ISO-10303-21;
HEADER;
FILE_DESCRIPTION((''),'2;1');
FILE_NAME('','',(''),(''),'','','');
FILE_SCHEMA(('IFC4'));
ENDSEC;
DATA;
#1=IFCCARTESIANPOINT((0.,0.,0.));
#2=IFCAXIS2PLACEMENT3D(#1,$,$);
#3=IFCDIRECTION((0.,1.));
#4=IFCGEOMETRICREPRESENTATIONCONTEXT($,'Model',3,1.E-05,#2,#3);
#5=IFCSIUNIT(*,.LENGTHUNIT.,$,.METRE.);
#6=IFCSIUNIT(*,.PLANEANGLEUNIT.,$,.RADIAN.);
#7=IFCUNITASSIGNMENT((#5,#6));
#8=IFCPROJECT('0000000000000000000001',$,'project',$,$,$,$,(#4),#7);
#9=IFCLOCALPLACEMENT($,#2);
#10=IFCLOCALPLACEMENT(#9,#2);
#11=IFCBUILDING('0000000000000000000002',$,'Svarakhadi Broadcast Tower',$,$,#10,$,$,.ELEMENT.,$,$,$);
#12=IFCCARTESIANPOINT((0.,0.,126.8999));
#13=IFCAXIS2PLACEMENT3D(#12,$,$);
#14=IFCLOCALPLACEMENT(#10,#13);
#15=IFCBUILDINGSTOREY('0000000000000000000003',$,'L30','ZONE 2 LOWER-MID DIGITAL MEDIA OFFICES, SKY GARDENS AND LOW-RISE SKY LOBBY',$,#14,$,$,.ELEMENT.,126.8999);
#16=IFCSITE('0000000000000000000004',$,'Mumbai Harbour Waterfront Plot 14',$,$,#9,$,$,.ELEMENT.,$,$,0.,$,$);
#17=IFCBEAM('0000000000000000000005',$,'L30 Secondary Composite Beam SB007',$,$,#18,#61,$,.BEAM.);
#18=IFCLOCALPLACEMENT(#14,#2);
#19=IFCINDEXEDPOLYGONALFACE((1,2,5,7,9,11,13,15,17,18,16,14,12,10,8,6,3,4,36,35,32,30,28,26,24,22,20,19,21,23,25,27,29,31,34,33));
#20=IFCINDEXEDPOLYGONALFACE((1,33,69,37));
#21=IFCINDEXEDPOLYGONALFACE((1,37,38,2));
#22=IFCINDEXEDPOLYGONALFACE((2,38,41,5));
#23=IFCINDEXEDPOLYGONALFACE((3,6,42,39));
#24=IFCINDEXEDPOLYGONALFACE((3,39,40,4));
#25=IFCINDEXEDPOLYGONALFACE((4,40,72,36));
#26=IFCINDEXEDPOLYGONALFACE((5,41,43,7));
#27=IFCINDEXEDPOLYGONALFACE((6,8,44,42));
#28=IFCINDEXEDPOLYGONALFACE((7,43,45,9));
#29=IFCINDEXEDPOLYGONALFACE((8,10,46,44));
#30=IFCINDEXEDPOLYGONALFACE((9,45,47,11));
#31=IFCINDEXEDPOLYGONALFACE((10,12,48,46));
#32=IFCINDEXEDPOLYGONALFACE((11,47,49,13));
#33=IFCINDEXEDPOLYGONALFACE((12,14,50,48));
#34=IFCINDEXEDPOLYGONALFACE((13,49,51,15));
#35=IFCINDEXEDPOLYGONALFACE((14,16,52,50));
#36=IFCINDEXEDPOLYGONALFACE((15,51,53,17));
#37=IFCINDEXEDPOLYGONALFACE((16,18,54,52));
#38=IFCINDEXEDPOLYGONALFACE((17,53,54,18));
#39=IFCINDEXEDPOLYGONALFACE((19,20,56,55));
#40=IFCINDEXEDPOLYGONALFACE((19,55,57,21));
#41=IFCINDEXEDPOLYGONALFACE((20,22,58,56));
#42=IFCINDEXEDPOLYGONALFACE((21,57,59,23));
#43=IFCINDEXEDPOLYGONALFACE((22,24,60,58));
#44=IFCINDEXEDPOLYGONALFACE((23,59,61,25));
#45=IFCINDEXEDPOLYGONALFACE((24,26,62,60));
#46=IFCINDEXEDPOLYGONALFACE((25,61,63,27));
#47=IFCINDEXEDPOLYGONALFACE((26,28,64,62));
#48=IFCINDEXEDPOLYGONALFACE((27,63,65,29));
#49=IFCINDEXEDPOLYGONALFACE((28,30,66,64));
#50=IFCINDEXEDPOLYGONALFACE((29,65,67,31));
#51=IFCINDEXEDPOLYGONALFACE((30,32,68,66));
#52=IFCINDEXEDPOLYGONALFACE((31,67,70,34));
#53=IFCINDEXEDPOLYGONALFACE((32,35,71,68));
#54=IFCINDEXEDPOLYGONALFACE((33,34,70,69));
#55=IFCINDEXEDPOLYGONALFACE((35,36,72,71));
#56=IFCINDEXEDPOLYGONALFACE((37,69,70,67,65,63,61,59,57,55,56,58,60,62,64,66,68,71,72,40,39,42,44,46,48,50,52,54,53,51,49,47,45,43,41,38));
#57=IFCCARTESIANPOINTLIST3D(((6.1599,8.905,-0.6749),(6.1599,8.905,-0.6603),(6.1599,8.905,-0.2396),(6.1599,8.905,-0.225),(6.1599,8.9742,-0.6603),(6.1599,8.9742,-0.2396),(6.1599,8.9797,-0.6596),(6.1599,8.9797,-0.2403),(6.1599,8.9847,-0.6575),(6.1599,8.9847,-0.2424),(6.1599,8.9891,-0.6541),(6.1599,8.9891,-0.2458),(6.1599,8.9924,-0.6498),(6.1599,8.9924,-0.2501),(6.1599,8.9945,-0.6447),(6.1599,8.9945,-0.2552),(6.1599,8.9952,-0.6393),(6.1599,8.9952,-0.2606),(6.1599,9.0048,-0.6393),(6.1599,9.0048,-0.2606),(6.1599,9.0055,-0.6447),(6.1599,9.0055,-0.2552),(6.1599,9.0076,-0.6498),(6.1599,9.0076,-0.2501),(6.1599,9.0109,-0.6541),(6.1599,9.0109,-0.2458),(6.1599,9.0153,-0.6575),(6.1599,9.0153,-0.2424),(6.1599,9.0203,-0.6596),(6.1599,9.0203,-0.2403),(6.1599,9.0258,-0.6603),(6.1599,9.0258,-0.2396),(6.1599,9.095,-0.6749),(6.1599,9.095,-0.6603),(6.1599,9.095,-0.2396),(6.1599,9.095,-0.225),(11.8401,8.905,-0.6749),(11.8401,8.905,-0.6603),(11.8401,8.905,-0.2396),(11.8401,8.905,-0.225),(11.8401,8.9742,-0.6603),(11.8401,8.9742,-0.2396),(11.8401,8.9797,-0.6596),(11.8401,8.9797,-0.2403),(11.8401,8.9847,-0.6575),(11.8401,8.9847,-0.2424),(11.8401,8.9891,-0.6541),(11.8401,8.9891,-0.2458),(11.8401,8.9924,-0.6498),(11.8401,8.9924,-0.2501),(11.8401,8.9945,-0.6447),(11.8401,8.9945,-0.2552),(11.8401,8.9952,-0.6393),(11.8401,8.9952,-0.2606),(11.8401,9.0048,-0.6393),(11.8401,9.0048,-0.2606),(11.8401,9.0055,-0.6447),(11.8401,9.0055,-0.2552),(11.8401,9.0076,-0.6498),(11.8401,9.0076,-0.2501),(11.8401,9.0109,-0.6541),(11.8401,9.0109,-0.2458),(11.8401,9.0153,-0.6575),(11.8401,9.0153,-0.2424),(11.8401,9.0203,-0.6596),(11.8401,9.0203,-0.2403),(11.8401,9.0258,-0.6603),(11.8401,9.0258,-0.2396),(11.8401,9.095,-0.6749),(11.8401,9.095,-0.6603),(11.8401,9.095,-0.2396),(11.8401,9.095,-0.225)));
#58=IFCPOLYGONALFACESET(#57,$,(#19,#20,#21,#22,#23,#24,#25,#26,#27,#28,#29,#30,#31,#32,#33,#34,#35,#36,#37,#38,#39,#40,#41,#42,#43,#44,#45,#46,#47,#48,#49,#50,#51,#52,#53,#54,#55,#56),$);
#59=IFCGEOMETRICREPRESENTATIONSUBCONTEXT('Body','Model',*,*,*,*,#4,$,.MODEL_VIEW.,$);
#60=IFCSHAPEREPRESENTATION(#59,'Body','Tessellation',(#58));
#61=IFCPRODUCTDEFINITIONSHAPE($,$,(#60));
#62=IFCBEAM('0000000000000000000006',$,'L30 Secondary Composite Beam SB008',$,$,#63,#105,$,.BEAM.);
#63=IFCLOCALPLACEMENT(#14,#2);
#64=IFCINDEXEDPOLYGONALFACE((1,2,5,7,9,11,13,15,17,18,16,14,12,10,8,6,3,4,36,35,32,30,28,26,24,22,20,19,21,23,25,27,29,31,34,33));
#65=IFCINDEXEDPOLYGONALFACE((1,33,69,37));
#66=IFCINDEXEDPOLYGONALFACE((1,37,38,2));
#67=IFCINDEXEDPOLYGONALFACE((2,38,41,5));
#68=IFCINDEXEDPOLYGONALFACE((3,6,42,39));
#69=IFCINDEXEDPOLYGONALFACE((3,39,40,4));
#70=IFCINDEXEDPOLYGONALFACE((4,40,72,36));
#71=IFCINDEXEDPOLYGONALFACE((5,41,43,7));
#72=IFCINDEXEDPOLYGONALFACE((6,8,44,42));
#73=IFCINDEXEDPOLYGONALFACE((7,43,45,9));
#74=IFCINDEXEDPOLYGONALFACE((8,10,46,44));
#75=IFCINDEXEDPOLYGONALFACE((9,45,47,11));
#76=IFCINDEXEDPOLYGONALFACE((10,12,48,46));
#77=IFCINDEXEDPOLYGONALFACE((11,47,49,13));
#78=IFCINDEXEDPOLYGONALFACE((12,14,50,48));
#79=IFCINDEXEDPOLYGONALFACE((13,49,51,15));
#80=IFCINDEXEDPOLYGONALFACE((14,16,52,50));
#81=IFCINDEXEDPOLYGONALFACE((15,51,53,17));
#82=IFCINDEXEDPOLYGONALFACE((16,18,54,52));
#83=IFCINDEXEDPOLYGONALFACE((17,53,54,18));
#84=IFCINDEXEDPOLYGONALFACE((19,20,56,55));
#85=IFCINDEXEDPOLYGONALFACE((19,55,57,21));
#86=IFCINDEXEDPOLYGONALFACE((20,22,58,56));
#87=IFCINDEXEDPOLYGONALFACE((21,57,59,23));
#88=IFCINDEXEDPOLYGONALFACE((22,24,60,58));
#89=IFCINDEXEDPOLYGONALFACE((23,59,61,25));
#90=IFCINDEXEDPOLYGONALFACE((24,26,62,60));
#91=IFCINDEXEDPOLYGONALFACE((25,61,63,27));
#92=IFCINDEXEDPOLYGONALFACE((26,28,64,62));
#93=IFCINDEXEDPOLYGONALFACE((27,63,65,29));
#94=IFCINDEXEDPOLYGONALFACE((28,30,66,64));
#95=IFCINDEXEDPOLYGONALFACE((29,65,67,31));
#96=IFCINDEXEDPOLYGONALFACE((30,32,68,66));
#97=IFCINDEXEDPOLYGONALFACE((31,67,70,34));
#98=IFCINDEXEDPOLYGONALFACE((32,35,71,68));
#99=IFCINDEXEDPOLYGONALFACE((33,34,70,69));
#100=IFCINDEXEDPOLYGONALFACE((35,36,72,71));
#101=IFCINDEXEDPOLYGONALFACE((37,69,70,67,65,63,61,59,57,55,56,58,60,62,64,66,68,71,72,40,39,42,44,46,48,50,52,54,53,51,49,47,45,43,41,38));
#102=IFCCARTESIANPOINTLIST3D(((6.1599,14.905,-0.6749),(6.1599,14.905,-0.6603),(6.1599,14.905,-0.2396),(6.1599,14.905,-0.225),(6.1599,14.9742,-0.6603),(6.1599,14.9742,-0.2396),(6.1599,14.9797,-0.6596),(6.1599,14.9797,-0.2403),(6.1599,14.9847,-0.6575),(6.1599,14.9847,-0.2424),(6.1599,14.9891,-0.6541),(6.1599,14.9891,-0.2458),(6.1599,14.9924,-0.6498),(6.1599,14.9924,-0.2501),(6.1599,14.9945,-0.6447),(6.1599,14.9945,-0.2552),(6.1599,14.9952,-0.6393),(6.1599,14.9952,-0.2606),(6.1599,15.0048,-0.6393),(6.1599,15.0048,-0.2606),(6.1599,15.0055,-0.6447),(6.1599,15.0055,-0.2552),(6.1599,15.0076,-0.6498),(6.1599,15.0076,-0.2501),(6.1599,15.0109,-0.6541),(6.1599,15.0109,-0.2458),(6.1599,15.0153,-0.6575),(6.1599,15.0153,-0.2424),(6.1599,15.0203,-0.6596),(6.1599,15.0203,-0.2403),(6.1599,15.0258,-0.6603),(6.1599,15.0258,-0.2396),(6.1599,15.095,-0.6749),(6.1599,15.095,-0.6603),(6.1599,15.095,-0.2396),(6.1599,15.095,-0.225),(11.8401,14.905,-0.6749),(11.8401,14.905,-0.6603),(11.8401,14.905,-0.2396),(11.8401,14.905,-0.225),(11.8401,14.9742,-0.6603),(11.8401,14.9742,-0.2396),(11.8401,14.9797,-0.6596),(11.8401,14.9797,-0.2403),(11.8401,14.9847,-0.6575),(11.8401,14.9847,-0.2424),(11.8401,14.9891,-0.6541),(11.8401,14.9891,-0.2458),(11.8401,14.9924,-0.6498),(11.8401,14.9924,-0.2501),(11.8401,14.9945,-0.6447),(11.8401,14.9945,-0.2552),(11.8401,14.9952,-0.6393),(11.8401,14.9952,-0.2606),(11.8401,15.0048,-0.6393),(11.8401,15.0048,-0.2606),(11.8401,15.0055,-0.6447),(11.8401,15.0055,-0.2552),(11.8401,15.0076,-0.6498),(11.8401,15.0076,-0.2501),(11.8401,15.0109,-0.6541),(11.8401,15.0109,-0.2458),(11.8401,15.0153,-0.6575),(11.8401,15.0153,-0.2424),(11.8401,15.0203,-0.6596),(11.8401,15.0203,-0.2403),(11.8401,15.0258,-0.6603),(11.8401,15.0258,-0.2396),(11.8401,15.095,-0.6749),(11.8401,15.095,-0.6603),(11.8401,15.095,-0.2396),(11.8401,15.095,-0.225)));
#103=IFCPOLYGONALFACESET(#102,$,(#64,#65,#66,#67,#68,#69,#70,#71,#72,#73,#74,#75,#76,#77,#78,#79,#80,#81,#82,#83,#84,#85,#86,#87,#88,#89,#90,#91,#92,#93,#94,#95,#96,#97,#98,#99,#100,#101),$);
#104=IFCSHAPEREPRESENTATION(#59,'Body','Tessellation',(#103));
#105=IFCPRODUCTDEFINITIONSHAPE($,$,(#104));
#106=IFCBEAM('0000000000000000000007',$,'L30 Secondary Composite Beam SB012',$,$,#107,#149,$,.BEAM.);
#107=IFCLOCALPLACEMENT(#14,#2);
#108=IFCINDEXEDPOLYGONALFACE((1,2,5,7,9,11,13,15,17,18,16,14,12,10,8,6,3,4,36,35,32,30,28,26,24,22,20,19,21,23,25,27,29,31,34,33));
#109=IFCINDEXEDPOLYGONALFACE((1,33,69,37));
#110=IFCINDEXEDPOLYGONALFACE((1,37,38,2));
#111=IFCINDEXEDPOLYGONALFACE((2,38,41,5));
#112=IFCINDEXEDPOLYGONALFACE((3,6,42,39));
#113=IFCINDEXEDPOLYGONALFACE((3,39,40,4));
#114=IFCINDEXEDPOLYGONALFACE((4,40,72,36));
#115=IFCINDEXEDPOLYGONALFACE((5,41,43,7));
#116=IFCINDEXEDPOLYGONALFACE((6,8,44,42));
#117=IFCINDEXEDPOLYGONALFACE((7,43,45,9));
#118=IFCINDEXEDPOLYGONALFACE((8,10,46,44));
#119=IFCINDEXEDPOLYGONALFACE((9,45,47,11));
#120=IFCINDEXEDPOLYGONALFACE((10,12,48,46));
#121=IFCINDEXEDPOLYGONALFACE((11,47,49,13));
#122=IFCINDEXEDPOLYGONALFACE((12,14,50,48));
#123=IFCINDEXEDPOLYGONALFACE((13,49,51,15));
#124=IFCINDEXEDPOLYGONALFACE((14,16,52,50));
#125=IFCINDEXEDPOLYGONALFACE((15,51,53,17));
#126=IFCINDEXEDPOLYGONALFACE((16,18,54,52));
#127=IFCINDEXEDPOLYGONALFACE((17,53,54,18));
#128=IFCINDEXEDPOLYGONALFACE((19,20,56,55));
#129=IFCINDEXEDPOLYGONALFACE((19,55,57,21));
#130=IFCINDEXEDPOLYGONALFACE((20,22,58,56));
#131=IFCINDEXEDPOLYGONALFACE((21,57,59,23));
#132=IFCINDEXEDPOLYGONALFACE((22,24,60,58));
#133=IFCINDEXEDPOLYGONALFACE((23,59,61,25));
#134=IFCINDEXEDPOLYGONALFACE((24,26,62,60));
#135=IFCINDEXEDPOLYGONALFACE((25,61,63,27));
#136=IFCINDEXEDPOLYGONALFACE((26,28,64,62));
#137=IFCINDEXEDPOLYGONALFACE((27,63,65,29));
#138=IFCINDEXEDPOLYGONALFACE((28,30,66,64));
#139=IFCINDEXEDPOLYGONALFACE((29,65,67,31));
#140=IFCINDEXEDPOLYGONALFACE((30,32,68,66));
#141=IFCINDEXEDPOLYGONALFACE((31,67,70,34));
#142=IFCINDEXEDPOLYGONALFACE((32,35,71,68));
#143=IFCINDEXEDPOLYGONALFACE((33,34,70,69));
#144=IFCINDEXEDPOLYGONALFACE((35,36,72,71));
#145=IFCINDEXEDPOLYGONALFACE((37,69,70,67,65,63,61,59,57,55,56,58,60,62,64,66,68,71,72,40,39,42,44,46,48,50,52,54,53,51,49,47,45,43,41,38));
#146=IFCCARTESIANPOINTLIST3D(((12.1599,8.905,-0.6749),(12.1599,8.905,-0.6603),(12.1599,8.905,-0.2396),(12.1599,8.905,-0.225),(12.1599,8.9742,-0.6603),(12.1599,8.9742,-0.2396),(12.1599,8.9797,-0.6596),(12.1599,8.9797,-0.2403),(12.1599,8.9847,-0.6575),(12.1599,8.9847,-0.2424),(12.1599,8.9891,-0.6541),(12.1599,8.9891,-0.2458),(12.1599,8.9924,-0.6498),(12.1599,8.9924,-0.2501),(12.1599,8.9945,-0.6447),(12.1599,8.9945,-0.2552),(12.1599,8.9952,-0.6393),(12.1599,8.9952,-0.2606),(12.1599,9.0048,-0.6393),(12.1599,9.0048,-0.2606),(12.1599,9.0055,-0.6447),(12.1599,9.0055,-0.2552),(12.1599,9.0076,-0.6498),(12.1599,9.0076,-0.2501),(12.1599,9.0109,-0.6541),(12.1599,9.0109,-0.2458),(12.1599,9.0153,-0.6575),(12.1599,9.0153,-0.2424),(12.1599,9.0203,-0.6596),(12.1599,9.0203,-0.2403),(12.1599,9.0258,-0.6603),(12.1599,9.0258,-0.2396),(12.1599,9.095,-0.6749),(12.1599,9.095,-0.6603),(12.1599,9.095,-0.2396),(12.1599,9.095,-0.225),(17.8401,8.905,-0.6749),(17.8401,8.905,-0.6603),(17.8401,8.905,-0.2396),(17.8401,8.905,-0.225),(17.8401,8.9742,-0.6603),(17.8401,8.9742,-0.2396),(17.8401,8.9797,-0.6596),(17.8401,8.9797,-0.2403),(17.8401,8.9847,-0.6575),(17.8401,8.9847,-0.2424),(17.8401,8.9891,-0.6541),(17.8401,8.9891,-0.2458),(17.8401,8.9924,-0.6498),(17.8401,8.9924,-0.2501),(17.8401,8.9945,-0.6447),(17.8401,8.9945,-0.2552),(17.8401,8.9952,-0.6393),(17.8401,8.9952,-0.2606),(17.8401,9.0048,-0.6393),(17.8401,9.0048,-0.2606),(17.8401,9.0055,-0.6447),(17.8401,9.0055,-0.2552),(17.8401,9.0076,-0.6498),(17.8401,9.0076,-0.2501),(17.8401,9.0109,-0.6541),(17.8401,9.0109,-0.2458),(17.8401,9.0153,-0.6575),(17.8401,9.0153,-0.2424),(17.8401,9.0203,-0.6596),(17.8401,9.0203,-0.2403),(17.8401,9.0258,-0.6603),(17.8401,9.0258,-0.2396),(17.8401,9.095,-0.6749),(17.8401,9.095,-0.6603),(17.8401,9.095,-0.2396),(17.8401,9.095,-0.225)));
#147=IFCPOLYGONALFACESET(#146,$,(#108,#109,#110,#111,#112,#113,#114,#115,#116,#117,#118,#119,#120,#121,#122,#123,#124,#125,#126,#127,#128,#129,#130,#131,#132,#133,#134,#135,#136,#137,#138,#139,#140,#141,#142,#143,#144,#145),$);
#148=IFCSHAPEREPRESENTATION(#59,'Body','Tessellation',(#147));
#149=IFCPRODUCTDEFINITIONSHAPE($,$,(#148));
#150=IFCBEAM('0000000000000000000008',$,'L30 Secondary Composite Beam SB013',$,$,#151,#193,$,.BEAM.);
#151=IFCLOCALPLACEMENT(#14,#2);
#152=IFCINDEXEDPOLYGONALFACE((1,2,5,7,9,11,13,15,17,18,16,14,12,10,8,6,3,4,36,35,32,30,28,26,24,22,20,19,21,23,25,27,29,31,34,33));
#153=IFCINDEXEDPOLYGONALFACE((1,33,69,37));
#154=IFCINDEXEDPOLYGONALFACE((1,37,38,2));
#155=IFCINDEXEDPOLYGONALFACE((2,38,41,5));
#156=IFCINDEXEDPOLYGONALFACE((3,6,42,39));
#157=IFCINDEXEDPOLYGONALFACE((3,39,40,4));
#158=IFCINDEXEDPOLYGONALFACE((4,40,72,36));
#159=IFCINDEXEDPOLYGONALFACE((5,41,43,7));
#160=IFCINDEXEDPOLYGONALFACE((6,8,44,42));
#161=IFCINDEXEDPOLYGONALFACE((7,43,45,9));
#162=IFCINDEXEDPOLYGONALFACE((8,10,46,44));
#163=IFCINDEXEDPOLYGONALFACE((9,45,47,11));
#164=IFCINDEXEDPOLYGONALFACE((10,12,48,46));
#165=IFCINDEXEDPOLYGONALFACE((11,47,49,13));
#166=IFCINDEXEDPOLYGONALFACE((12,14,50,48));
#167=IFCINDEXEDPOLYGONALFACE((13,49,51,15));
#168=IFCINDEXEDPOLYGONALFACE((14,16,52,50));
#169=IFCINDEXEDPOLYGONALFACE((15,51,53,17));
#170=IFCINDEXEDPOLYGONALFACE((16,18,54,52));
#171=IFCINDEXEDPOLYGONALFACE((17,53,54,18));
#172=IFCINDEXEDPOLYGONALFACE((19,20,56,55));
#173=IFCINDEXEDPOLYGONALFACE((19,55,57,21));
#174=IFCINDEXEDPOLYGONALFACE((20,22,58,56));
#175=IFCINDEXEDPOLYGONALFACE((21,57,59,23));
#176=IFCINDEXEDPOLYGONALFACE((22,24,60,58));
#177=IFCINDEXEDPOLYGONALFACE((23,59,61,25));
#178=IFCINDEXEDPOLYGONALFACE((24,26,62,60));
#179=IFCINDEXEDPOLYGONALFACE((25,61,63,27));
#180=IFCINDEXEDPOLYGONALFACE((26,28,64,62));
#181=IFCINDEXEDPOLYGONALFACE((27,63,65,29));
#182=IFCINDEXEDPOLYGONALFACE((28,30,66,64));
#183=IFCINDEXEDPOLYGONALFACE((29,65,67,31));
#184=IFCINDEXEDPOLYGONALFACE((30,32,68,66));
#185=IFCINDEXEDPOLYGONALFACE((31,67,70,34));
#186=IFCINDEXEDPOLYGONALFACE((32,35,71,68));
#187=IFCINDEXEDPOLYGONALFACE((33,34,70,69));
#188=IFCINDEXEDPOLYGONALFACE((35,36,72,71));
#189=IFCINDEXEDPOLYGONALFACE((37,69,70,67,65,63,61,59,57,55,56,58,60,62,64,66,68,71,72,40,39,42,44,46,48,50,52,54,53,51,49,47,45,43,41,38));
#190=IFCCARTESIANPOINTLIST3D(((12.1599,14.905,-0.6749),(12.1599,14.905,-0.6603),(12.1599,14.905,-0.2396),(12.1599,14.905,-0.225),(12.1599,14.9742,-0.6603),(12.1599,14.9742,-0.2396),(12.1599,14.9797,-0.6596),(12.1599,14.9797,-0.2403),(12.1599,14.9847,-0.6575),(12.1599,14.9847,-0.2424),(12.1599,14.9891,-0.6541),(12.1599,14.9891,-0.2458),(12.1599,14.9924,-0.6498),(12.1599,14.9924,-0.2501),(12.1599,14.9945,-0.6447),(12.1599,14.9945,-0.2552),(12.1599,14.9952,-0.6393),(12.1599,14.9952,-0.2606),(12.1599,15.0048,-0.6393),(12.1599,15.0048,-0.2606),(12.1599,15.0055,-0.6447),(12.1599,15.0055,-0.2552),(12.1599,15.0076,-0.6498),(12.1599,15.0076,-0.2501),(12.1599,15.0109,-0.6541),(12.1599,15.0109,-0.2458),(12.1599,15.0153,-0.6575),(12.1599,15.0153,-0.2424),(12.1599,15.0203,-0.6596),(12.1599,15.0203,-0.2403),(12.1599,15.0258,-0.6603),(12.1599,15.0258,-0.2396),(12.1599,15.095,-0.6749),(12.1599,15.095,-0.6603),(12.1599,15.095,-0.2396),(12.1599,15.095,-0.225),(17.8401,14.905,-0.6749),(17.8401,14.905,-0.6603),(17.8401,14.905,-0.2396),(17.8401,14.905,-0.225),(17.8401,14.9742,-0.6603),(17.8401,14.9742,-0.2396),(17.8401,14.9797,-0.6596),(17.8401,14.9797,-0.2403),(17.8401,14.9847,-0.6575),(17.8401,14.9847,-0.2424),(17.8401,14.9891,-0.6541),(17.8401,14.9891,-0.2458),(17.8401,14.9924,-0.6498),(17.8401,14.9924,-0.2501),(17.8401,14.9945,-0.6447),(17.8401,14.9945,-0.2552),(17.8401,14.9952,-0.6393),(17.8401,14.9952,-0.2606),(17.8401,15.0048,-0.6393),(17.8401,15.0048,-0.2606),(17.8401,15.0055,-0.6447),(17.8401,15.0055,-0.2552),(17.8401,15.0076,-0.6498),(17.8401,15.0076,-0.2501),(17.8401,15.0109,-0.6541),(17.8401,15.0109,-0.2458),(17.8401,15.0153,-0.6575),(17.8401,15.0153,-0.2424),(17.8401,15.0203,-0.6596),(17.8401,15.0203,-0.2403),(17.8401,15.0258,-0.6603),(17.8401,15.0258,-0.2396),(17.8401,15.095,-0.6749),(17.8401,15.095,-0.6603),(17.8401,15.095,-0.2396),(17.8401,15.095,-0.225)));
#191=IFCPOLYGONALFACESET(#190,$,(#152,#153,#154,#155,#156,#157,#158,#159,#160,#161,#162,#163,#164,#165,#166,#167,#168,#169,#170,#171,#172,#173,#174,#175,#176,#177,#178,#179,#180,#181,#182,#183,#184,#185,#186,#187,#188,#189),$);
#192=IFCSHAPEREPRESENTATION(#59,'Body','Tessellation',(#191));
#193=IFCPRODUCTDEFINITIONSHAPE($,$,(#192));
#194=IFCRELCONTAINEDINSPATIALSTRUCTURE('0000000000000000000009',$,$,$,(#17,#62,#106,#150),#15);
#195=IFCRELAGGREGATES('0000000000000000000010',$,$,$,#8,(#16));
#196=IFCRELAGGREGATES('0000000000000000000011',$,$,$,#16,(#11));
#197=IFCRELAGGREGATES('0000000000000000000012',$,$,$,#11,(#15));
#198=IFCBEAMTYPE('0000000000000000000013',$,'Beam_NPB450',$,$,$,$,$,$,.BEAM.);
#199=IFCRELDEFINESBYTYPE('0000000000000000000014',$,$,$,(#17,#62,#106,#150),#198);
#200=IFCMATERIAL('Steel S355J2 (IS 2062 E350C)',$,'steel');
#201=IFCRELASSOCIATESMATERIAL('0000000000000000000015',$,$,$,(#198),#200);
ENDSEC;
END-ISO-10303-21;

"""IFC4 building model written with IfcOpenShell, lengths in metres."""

from ifc_helpers import new_model, si_unit, direction, frame, origin, origin_2d, place, context, subcontext, project, spatial, i_section, extrude, material, material_profile, profile_set, type_object, element, save


model = new_model("IFC4")

# Units and contexts
model_context = context("Model", 3, precision=1e-05, world=origin(), true_north=direction((0.0, 1.0)))
body_context = subcontext(model_context, "Body", "Model", "MODEL_VIEW")
ifc_project = project(units=[si_unit("LENGTHUNIT", "METRE"), si_unit("PLANEANGLEUNIT", "RADIAN")], contexts=[model_context])

# Site, building, storey
site_placement = place(None, origin())
site = spatial("IfcSite", under=ifc_project, at=site_placement, Name="Mumbai Harbour Waterfront Plot 14", CompositionType="ELEMENT", RefElevation=0.0)
building_placement = place(site_placement, origin())
building = spatial("IfcBuilding", under=site, at=building_placement, Name="Svarakhadi Broadcast Tower", CompositionType="ELEMENT")
storey_placement = place(building_placement, frame((0.0, 0.0, 126.8999)))
storey = spatial("IfcBuildingStorey", under=building, at=storey_placement, Name="L30", Description="ZONE 2 LOWER-MID DIGITAL MEDIA OFFICES, SKY GARDENS AND LOW-RISE SKY LOBBY", CompositionType="ELEMENT", Elevation=126.8999)

# Beams
ifc_material_1 = material(Name="Steel S355J2 (IS 2062 E350C)", Category="steel")
ifc_material_profile_1 = material_profile(ifc_material_1, i_section(OverallWidth=0.1899, OverallDepth=0.45, WebThickness=0.0095, FlangeThickness=0.0146, FilletRadius=0.021, at=origin_2d()), Name="NPB 450x190x78")
ifc_profile_set_1 = profile_set([ifc_material_profile_1], Name="Steel S355J2 (IS 2062 E350C)")
beam_type_1 = type_object("IfcBeamType", Name="Beam_NPB450", PredefinedType="BEAM", material=ifc_profile_set_1)
for number, where, z_axis, x_axis, name in (
    (1, (6.1599, 9.0, -0.45), (1.0, 0.0, 0.0), (0.0, 1.0, 0.0), "L30 Secondary Composite Beam SB007"),
    (2, (6.1599, 15.0, -0.45), (1.0, 0.0, 0.0), (0.0, 1.0, 0.0), "L30 Secondary Composite Beam SB008"),
    (3, (12.1599, 9.0, -0.45), (1.0, 0.0, 0.0), (0.0, 1.0, 0.0), "L30 Secondary Composite Beam SB012"),
    (4, (12.1599, 15.0, -0.45), (1.0, 0.0, 0.0), (0.0, 1.0, 0.0), "L30 Secondary Composite Beam SB013"),
):
    element("IfcBeam", number, at=place(storey_placement, frame(where, z_axis=z_axis, x_axis=x_axis)), inside=storey, type_object=beam_type_1, Name=name, PredefinedType="BEAM", context=body_context, shape_type="SweptSolid", body=[
        extrude(i_section(OverallWidth=0.1899, OverallDepth=0.45, WebThickness=0.0095, FlangeThickness=0.0146, FilletRadius=0.021, at=origin_2d()), origin(), (0.0, 0.0, 1.0), 5.6802),
    ])

save(model, "model.ifc")
